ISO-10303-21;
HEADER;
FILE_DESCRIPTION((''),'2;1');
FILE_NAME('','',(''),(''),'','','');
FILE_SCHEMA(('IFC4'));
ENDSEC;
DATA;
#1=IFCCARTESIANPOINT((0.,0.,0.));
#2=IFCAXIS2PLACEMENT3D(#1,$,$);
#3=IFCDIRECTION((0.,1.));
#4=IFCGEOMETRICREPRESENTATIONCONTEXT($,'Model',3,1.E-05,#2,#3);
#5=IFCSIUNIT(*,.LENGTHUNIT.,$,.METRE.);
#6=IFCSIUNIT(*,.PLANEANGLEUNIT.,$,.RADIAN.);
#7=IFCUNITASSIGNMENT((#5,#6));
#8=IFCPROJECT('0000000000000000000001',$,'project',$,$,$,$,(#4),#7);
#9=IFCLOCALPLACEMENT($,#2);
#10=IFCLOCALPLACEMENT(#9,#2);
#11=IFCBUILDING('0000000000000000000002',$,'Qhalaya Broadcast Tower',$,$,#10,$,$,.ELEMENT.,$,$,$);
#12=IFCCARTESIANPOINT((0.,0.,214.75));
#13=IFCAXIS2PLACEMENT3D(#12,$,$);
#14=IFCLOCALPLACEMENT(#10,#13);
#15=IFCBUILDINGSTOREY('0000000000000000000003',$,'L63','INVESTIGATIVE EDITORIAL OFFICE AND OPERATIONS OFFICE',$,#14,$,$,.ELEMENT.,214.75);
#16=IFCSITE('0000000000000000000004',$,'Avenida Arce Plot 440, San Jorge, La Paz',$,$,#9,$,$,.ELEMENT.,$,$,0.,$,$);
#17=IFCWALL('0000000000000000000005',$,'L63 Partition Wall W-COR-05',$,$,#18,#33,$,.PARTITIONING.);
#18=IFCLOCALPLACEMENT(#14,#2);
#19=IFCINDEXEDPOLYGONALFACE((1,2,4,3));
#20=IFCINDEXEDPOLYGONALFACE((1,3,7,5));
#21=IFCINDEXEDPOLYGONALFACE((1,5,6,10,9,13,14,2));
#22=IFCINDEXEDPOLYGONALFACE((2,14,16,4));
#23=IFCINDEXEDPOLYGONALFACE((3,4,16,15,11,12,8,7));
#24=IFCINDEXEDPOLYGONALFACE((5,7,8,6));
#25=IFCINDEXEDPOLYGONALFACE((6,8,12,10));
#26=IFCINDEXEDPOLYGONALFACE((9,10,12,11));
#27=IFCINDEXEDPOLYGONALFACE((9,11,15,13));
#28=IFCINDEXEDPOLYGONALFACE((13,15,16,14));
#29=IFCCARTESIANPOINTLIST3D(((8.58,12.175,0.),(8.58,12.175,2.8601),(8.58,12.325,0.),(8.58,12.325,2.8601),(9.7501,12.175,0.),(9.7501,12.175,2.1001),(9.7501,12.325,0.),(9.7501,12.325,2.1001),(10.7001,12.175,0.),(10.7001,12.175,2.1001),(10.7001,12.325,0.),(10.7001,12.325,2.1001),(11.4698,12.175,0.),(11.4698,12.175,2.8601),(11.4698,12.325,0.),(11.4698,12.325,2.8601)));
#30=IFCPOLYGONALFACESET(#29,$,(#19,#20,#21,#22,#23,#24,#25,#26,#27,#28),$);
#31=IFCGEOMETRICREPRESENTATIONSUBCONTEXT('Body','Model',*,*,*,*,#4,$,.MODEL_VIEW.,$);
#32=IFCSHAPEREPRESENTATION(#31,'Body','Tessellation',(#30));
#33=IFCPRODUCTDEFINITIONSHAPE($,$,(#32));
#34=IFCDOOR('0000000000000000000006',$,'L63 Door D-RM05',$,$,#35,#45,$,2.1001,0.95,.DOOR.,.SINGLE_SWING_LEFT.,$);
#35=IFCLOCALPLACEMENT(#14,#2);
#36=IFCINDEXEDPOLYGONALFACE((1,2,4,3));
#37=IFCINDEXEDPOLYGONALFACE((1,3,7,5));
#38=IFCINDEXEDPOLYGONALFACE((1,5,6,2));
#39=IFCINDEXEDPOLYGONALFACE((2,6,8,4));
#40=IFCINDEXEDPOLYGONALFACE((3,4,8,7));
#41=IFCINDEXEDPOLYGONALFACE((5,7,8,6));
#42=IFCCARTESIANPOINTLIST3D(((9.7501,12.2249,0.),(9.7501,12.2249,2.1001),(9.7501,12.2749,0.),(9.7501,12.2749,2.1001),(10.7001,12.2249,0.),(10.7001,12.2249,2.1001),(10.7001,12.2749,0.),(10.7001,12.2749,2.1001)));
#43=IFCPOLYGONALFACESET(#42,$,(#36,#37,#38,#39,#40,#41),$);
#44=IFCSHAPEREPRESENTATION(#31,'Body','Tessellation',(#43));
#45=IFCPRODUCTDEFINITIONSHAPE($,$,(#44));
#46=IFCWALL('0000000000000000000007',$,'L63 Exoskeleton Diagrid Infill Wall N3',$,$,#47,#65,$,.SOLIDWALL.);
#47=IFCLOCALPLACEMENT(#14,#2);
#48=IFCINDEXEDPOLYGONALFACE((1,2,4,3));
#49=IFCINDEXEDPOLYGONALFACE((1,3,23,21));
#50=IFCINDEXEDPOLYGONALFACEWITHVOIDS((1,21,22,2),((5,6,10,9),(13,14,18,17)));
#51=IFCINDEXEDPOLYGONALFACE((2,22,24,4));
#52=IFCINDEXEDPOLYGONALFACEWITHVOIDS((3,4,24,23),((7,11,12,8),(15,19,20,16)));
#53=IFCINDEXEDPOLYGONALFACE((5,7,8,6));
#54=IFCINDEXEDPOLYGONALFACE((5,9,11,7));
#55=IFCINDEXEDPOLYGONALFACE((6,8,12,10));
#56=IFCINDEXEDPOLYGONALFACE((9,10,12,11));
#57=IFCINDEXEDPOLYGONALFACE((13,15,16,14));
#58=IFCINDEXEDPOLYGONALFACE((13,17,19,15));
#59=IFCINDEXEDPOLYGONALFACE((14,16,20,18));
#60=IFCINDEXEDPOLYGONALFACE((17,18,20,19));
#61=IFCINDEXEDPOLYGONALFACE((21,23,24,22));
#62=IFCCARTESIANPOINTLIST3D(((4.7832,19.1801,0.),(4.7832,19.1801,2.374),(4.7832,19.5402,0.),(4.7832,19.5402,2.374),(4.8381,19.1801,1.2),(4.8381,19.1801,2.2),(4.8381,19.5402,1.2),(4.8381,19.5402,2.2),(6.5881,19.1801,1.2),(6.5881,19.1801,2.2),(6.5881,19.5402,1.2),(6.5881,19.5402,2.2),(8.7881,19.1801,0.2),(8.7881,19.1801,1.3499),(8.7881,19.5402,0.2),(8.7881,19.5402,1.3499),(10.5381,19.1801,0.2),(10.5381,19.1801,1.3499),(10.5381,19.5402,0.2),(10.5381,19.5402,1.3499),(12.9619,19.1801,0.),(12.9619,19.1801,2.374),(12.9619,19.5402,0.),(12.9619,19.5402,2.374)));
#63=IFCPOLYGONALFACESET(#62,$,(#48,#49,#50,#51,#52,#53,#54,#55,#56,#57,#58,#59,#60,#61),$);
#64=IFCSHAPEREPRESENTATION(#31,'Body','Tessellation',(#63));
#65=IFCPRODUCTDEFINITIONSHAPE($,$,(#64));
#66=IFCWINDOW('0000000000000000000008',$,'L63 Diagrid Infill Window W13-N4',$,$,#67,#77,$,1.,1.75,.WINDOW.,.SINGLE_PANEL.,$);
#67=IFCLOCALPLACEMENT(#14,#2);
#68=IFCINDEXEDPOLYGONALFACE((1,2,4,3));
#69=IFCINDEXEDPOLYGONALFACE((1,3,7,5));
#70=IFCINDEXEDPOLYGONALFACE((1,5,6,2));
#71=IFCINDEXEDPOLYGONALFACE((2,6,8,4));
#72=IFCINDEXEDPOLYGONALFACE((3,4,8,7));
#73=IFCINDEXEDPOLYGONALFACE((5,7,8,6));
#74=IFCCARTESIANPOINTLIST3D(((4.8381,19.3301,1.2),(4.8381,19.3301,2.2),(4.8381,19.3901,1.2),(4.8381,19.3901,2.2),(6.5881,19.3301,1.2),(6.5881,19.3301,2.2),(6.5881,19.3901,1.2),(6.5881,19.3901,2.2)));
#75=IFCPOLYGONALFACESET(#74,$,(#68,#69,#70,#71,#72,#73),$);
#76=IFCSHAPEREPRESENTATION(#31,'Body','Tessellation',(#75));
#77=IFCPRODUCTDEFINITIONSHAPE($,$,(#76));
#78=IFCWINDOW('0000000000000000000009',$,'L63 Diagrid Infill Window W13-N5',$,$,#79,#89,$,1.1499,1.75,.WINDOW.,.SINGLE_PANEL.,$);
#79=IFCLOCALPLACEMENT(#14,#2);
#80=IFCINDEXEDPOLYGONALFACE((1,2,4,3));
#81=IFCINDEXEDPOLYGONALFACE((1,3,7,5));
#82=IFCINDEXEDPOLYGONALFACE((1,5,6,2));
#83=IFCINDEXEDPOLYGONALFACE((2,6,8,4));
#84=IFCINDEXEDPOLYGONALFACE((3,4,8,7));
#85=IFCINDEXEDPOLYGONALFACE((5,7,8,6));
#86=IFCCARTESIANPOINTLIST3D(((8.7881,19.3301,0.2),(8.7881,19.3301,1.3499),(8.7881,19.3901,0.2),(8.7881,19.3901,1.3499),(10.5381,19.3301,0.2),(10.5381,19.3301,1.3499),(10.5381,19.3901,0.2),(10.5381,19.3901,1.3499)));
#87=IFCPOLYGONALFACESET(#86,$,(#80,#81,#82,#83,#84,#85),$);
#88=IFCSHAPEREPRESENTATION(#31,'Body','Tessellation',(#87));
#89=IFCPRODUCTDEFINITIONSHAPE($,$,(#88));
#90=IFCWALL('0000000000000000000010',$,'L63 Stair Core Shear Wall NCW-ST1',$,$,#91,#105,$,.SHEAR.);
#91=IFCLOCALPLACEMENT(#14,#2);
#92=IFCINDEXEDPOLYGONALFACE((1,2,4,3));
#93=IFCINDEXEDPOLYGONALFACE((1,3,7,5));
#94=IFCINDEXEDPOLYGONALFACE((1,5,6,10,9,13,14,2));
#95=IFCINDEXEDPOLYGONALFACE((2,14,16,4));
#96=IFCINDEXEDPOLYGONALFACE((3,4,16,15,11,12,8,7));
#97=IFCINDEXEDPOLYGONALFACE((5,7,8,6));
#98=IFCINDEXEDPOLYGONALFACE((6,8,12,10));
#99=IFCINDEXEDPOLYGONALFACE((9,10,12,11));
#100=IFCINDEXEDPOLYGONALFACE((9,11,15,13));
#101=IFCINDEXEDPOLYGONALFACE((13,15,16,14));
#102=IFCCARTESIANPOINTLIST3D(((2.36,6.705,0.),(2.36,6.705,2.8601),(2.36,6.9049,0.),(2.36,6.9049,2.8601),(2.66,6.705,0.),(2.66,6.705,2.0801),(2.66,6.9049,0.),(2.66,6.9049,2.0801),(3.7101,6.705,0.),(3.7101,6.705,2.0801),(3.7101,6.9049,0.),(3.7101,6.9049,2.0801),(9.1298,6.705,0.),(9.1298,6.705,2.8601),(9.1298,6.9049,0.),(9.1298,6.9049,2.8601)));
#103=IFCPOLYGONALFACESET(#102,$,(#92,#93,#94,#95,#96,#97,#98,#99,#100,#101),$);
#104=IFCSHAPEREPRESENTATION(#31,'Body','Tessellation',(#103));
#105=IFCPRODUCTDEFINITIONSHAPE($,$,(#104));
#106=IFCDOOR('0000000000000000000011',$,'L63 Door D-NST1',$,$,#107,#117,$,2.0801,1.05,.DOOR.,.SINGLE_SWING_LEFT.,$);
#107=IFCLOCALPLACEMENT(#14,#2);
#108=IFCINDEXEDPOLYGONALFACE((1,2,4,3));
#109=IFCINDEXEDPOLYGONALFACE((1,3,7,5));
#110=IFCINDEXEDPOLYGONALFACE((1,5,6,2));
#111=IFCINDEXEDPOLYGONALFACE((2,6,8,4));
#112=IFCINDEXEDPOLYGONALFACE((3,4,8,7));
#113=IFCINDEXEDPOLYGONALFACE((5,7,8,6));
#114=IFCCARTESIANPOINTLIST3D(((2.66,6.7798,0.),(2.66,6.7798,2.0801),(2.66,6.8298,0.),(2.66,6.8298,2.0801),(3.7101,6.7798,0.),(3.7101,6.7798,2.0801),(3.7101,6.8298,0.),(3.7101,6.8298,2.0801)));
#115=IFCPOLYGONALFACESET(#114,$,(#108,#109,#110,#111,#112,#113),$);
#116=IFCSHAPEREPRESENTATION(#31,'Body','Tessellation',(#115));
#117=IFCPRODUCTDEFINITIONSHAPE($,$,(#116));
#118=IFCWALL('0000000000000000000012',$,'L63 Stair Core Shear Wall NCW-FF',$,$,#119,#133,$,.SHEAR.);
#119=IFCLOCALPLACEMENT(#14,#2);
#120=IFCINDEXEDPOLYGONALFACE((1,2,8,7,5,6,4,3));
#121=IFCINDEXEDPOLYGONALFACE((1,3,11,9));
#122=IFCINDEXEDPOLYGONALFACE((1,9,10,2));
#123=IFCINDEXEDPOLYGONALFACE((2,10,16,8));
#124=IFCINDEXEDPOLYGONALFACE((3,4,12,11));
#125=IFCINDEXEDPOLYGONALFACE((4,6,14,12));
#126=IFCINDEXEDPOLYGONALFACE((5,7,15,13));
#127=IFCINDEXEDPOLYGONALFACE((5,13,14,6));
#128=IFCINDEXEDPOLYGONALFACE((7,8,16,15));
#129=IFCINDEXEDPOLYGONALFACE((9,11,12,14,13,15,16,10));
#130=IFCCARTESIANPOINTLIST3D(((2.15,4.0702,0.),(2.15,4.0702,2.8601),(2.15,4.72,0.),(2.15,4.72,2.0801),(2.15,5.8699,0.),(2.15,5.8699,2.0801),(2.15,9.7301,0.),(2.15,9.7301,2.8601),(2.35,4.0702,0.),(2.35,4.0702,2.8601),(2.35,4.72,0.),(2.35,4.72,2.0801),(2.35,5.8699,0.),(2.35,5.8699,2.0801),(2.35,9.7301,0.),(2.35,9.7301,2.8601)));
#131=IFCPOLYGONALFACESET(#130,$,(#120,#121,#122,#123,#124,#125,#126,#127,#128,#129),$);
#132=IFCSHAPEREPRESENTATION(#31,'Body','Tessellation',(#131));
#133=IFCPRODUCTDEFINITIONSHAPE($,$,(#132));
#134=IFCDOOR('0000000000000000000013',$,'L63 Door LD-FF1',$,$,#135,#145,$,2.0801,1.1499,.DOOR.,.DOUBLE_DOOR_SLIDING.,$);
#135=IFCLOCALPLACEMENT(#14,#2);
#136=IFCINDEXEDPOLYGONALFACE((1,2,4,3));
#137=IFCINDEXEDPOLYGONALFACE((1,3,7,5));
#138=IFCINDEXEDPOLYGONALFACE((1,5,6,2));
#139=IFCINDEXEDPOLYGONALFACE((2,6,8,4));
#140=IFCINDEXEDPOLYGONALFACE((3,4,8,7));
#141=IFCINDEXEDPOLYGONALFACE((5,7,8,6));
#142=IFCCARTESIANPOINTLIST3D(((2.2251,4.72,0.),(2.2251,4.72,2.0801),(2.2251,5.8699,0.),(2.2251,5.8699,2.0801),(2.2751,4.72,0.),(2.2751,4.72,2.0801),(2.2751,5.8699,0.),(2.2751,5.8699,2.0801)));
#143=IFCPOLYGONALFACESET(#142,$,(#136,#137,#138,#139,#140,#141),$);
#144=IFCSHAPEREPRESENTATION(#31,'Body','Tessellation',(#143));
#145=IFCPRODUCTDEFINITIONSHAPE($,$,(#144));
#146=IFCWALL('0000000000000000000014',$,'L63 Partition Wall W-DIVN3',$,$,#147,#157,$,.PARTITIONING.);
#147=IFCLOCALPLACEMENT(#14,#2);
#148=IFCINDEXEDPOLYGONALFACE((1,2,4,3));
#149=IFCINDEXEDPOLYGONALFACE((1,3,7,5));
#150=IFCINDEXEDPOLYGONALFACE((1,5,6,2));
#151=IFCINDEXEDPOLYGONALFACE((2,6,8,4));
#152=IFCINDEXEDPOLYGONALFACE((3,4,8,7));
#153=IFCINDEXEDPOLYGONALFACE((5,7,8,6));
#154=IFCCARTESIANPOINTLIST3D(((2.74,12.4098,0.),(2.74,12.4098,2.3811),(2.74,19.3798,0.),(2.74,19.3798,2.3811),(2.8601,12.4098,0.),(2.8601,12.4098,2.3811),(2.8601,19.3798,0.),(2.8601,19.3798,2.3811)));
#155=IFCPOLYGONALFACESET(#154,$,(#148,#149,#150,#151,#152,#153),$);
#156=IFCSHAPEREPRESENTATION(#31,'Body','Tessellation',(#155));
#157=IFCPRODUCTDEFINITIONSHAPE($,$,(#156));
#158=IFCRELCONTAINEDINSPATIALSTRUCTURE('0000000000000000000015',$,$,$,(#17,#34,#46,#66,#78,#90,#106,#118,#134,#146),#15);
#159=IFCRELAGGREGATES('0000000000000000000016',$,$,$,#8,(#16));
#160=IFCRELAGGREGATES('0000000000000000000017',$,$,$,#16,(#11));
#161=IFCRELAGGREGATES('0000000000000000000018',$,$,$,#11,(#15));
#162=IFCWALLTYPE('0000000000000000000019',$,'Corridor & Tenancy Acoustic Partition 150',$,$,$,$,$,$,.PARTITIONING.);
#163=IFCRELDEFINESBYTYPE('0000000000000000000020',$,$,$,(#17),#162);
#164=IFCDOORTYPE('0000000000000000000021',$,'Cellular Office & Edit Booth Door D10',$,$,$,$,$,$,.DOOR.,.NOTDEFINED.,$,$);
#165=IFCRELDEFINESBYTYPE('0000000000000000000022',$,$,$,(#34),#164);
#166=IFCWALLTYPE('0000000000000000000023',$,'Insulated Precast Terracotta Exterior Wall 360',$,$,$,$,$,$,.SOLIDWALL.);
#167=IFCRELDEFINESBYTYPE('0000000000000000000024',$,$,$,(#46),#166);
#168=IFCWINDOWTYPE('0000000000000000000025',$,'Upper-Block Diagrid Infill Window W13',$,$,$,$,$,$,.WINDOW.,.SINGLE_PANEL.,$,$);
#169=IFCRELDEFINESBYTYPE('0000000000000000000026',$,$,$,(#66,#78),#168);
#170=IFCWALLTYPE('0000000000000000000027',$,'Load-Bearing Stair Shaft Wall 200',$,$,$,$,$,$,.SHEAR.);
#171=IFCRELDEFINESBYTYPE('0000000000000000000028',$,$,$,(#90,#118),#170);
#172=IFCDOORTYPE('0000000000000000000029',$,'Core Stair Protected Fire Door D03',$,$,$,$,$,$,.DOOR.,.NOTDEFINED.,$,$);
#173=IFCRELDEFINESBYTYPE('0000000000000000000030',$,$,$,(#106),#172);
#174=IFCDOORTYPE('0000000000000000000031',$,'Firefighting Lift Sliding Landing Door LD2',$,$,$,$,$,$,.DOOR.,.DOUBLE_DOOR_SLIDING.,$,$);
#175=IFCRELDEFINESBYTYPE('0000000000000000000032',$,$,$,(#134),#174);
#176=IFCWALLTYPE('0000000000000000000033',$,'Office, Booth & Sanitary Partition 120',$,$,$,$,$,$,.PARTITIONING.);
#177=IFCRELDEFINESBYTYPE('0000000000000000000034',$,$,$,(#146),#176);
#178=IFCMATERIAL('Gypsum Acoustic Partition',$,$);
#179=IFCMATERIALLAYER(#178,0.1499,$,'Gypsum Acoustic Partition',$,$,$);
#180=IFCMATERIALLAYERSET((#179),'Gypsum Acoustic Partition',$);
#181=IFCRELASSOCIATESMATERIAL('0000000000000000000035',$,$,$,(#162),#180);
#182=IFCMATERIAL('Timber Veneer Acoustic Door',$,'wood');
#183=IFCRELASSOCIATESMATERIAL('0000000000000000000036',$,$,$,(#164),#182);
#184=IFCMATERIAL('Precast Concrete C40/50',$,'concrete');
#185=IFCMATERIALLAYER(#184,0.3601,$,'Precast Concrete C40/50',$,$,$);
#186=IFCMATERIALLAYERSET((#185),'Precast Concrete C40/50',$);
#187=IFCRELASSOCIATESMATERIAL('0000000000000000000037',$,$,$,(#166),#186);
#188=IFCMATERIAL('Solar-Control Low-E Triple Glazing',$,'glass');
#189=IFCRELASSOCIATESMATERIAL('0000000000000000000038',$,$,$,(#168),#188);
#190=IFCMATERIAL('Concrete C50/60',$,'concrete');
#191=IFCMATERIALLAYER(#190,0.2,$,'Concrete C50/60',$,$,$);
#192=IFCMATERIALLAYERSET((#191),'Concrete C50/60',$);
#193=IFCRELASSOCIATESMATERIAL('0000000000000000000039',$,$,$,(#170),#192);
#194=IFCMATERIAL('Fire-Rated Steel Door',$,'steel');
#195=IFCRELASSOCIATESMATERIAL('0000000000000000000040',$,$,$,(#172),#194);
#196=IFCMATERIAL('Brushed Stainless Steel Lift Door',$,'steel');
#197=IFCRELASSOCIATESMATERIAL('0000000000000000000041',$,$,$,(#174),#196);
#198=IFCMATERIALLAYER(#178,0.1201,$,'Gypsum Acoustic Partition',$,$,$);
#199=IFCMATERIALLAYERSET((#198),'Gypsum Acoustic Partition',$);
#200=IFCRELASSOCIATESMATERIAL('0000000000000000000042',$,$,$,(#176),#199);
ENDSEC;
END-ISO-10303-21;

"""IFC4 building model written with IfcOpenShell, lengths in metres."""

from ifc_helpers import new_model, si_unit, direction, frame, frame_2d, origin, place, context, subcontext, project, spatial, rectangle, extrude, material, layer, layer_set, type_object, element, fill, save


model = new_model("IFC4")

# Units and contexts
model_context = context("Model", 3, precision=1e-05, world=origin(), true_north=direction((0.0, 1.0)))
body_context = subcontext(model_context, "Body", "Model", "MODEL_VIEW")
ifc_project = project(units=[si_unit("LENGTHUNIT", "METRE"), si_unit("PLANEANGLEUNIT", "RADIAN")], contexts=[model_context])

# Site, building, storey
site_placement = place(None, origin())
site = spatial("IfcSite", under=ifc_project, at=site_placement, Name="Avenida Arce Plot 440, San Jorge, La Paz", CompositionType="ELEMENT", RefElevation=0.0)
building_placement = place(site_placement, origin())
building = spatial("IfcBuilding", under=site, at=building_placement, Name="Qhalaya Broadcast Tower", CompositionType="ELEMENT")
storey_placement = place(building_placement, frame((0.0, 0.0, 214.75)))
storey = spatial("IfcBuildingStorey", under=building, at=storey_placement, Name="L63", Description="INVESTIGATIVE EDITORIAL OFFICE AND OPERATIONS OFFICE", CompositionType="ELEMENT", Elevation=214.75)

# Shared definitions
ifc_material_1 = material(Name="Concrete C50/60", Category="concrete")

# Wall, opening, door
ifc_material_2 = material(Name="Gypsum Acoustic Partition")
ifc_layer_1 = layer(ifc_material_2, 0.1499, Name="Gypsum Acoustic Partition")
ifc_layer_set_1 = layer_set([ifc_layer_1], Name="Gypsum Acoustic Partition")
wall_type_1 = type_object("IfcWallType", Name="Corridor & Tenancy Acoustic Partition 150", PredefinedType="PARTITIONING", material=ifc_layer_set_1)
ifc_material_3 = material(Name="Timber Veneer Acoustic Door", Category="wood")
door_type_1 = type_object("IfcDoorType", Name="Cellular Office & Edit Booth Door D10", OperationType="NOTDEFINED", PredefinedType="DOOR", material=ifc_material_3)
wall_1_placement = place(storey_placement, frame((8.5801, 12.25, 0.0), z_axis=(0.0, 0.0, 1.0), x_axis=(1.0, 0.0, 0.0)))
wall_1 = element("IfcWall", 1, at=wall_1_placement, inside=storey, type_object=wall_type_1, Name="L63 Partition Wall W-COR-05", PredefinedType="PARTITIONING", context=body_context, shape_type="SweptSolid", body=[
    extrude(rectangle(XDim=2.8899, YDim=0.1499, at=frame_2d((1.4448, 0.0))), origin(), (0.0, 0.0, 1.0), 2.8601),
])
opening_1_placement = place(wall_1_placement, frame((1.1699, 0.0, 0.0)))
opening_1 = element("IfcOpeningElement", 2, at=opening_1_placement, cuts=wall_1, PredefinedType="OPENING", context=body_context, shape_type="SweptSolid", body=[
    extrude(rectangle(XDim=0.95, YDim=2.1001, at=frame_2d((0.4751, 1.05))), frame((0.0, 0.0869, 0.0), z_axis=(0.0, -1.0, 0.0), x_axis=(1.0, 0.0, 0.0)), (0.0, 0.0, 1.0), 0.1738),
])
door_1_placement = place(opening_1_placement, origin())
door_1 = element("IfcDoor", 3, at=door_1_placement, inside=storey, type_object=door_type_1, Name="L63 Door D-RM05", OperationType="SINGLE_SWING_LEFT", OverallHeight=2.1001, OverallWidth=0.95, PredefinedType="DOOR", context=body_context, shape_type="SweptSolid", body=[
    extrude(rectangle(XDim=0.95, YDim=2.1001, at=frame_2d((0.4751, 1.05))), frame((0.0, 0.0249, 0.0), z_axis=(0.0, -1.0, 0.0), x_axis=(1.0, 0.0, 0.0)), (0.0, 0.0, 1.0), 0.05),
])
fill(opening_1, door_1)

# Wall, openings, windows
ifc_material_4 = material(Name="Precast Concrete C40/50", Category="concrete")
ifc_layer_2 = layer(ifc_material_4, 0.3601, Name="Precast Concrete C40/50")
ifc_layer_set_2 = layer_set([ifc_layer_2], Name="Precast Concrete C40/50")
wall_type_2 = type_object("IfcWallType", Name="Insulated Precast Terracotta Exterior Wall 360", PredefinedType="SOLIDWALL", material=ifc_layer_set_2)
wall_2_placement = place(storey_placement, frame((4.7832, 19.3601, 0.0), z_axis=(0.0, 0.0, 1.0), x_axis=(1.0, 0.0, 0.0)))
wall_2 = element("IfcWall", 4, at=wall_2_placement, inside=storey, type_object=wall_type_2, Name="L63 Exoskeleton Diagrid Infill Wall N3", PredefinedType="SOLIDWALL", context=body_context, shape_type="SweptSolid", body=[
    extrude(rectangle(XDim=8.1787, YDim=0.3601, at=frame_2d((4.0894, 0.0))), origin(), (0.0, 0.0, 1.0), 2.374),
])
opening_2_placement = place(wall_2_placement, frame((0.0549, 0.0, 1.2)))
opening_2 = element("IfcOpeningElement", 5, at=opening_2_placement, cuts=wall_2, PredefinedType="OPENING", context=body_context, shape_type="SweptSolid", body=[
    extrude(rectangle(XDim=1.75, YDim=1.0, at=frame_2d((0.875, 0.5))), frame((0.0, 0.1921, 0.0), z_axis=(0.0, -1.0, 0.0), x_axis=(1.0, 0.0, 0.0)), (0.0, 0.0, 1.0), 0.384),
])
opening_3_placement = place(wall_2_placement, frame((4.0049, 0.0, 0.2)))
opening_3 = element("IfcOpeningElement", 6, at=opening_3_placement, cuts=wall_2, PredefinedType="OPENING", context=body_context, shape_type="SweptSolid", body=[
    extrude(rectangle(XDim=1.75, YDim=1.1499, at=frame_2d((0.875, 0.575))), frame((0.0, 0.1921, 0.0), z_axis=(0.0, -1.0, 0.0), x_axis=(1.0, 0.0, 0.0)), (0.0, 0.0, 1.0), 0.384),
])
ifc_material_5 = material(Name="Solar-Control Low-E Triple Glazing", Category="glass")
window_type = type_object("IfcWindowType", Name="Upper-Block Diagrid Infill Window W13", PartitioningType="SINGLE_PANEL", PredefinedType="WINDOW", material=ifc_material_5)
window_1_placement = place(opening_2_placement, origin())
window_1 = element("IfcWindow", 7, at=window_1_placement, inside=storey, type_object=window_type, Name="L63 Diagrid Infill Window W13-N4", OverallHeight=1.0, OverallWidth=1.75, PartitioningType="SINGLE_PANEL", PredefinedType="WINDOW", context=body_context, shape_type="SweptSolid", body=[
    extrude(rectangle(XDim=1.75, YDim=1.0, at=frame_2d((0.875, 0.5))), frame((0.0, 0.03, 0.0), z_axis=(0.0, -1.0, 0.0), x_axis=(1.0, 0.0, 0.0)), (0.0, 0.0, 1.0), 0.0601),
])
fill(opening_2, window_1)
window_2_placement = place(opening_3_placement, origin())
window_2 = element("IfcWindow", 8, at=window_2_placement, inside=storey, type_object=window_type, Name="L63 Diagrid Infill Window W13-N5", OverallHeight=1.1499, OverallWidth=1.75, PartitioningType="SINGLE_PANEL", PredefinedType="WINDOW", context=body_context, shape_type="SweptSolid", body=[
    extrude(rectangle(XDim=1.75, YDim=1.1499, at=frame_2d((0.875, 0.575))), frame((0.0, 0.03, 0.0), z_axis=(0.0, -1.0, 0.0), x_axis=(1.0, 0.0, 0.0)), (0.0, 0.0, 1.0), 0.0601),
])
fill(opening_3, window_2)

# Walls, openings, doors
ifc_layer_3 = layer(ifc_material_1, 0.2, Name="Concrete C50/60")
ifc_layer_set_3 = layer_set([ifc_layer_3], Name="Concrete C50/60")
wall_type_3 = type_object("IfcWallType", Name="Load-Bearing Stair Shaft Wall 200", PredefinedType="SHEAR", material=ifc_layer_set_3)
wall_3_placement = place(storey_placement, frame((2.3601, 6.8049, 0.0), z_axis=(0.0, 0.0, 1.0), x_axis=(1.0, 0.0, 0.0)))
wall_3 = element("IfcWall", 9, at=wall_3_placement, inside=storey, type_object=wall_type_3, Name="L63 Stair Core Shear Wall NCW-ST1", PredefinedType="SHEAR", context=body_context, shape_type="SweptSolid", body=[
    extrude(rectangle(XDim=6.7698, YDim=0.2, at=frame_2d((3.3848, 0.0))), origin(), (0.0, 0.0, 1.0), 2.8601),
])
opening_4_placement = place(wall_3_placement, frame((0.3, 0.0, 0.0)))
opening_4 = element("IfcOpeningElement", 10, at=opening_4_placement, cuts=wall_3, PredefinedType="OPENING", context=body_context, shape_type="SweptSolid", body=[
    extrude(rectangle(XDim=1.05, YDim=2.0801, at=frame_2d((0.5249, 1.04))), frame((0.0, 0.1121, 0.0), z_axis=(0.0, -1.0, 0.0), x_axis=(1.0, 0.0, 0.0)), (0.0, 0.0, 1.0), 0.2239),
])
ifc_material_6 = material(Name="Fire-Rated Steel Door", Category="steel")
door_type_2 = type_object("IfcDoorType", Name="Core Stair Protected Fire Door D03", OperationType="NOTDEFINED", PredefinedType="DOOR", material=ifc_material_6)
door_2_placement = place(opening_4_placement, origin())
door_2 = element("IfcDoor", 11, at=door_2_placement, inside=storey, type_object=door_type_2, Name="L63 Door D-NST1", OperationType="SINGLE_SWING_LEFT", OverallHeight=2.0801, OverallWidth=1.05, PredefinedType="DOOR", context=body_context, shape_type="SweptSolid", body=[
    extrude(rectangle(XDim=1.05, YDim=2.0801, at=frame_2d((0.5249, 1.04))), frame((0.0, 0.0249, 0.0), z_axis=(0.0, -1.0, 0.0), x_axis=(1.0, 0.0, 0.0)), (0.0, 0.0, 1.0), 0.05),
])
fill(opening_4, door_2)
wall_4_placement = place(storey_placement, frame((2.25, 4.0701, 0.0), z_axis=(0.0, 0.0, 1.0), x_axis=(0.0, 1.0, 0.0)))
wall_4 = element("IfcWall", 12, at=wall_4_placement, inside=storey, type_object=wall_type_3, Name="L63 Stair Core Shear Wall NCW-FF", PredefinedType="SHEAR", context=body_context, shape_type="SweptSolid", body=[
    extrude(rectangle(XDim=5.6599, YDim=0.2, at=frame_2d((2.8301, 0.0))), origin(), (0.0, 0.0, 1.0), 2.8601),
])
opening_5_placement = place(wall_4_placement, frame((0.6499, 0.0, 0.0)))
opening_5 = element("IfcOpeningElement", 13, at=opening_5_placement, cuts=wall_4, PredefinedType="OPENING", context=body_context, shape_type="SweptSolid", body=[
    extrude(rectangle(XDim=1.1499, YDim=2.0801, at=frame_2d((0.575, 1.04))), frame((0.0, 0.1121, 0.0), z_axis=(0.0, -1.0, 0.0), x_axis=(1.0, 0.0, 0.0)), (0.0, 0.0, 1.0), 0.2239),
])
ifc_material_7 = material(Name="Brushed Stainless Steel Lift Door", Category="steel")
door_type_3 = type_object("IfcDoorType", Name="Firefighting Lift Sliding Landing Door LD2", OperationType="DOUBLE_DOOR_SLIDING", PredefinedType="DOOR", material=ifc_material_7)
door_3_placement = place(opening_5_placement, origin())
door_3 = element("IfcDoor", 14, at=door_3_placement, inside=storey, type_object=door_type_3, Name="L63 Door LD-FF1", OperationType="DOUBLE_DOOR_SLIDING", OverallHeight=2.0801, OverallWidth=1.1499, PredefinedType="DOOR", context=body_context, shape_type="SweptSolid", body=[
    extrude(rectangle(XDim=1.1499, YDim=2.0801, at=frame_2d((0.575, 1.04))), frame((0.0, 0.0249, 0.0), z_axis=(0.0, -1.0, 0.0), x_axis=(1.0, 0.0, 0.0)), (0.0, 0.0, 1.0), 0.05),
])
fill(opening_5, door_3)

# Wall
ifc_layer_4 = layer(ifc_material_2, 0.1201, Name="Gypsum Acoustic Partition")
ifc_layer_set_4 = layer_set([ifc_layer_4], Name="Gypsum Acoustic Partition")
wall_type_4 = type_object("IfcWallType", Name="Office, Booth & Sanitary Partition 120", PredefinedType="PARTITIONING", material=ifc_layer_set_4)
wall_5_placement = place(storey_placement, frame((2.8, 12.4099, 0.0), z_axis=(0.0, 0.0, 1.0), x_axis=(0.0, 1.0, 0.0)))
element("IfcWall", 15, at=wall_5_placement, inside=storey, type_object=wall_type_4, Name="L63 Partition Wall W-DIVN3", PredefinedType="PARTITIONING", context=body_context, shape_type="SweptSolid", body=[
    extrude(rectangle(XDim=6.97, YDim=0.1201, at=frame_2d((3.4849, 0.0))), origin(), (0.0, 0.0, 1.0), 2.3811),
])

save(model, "model.ifc")
